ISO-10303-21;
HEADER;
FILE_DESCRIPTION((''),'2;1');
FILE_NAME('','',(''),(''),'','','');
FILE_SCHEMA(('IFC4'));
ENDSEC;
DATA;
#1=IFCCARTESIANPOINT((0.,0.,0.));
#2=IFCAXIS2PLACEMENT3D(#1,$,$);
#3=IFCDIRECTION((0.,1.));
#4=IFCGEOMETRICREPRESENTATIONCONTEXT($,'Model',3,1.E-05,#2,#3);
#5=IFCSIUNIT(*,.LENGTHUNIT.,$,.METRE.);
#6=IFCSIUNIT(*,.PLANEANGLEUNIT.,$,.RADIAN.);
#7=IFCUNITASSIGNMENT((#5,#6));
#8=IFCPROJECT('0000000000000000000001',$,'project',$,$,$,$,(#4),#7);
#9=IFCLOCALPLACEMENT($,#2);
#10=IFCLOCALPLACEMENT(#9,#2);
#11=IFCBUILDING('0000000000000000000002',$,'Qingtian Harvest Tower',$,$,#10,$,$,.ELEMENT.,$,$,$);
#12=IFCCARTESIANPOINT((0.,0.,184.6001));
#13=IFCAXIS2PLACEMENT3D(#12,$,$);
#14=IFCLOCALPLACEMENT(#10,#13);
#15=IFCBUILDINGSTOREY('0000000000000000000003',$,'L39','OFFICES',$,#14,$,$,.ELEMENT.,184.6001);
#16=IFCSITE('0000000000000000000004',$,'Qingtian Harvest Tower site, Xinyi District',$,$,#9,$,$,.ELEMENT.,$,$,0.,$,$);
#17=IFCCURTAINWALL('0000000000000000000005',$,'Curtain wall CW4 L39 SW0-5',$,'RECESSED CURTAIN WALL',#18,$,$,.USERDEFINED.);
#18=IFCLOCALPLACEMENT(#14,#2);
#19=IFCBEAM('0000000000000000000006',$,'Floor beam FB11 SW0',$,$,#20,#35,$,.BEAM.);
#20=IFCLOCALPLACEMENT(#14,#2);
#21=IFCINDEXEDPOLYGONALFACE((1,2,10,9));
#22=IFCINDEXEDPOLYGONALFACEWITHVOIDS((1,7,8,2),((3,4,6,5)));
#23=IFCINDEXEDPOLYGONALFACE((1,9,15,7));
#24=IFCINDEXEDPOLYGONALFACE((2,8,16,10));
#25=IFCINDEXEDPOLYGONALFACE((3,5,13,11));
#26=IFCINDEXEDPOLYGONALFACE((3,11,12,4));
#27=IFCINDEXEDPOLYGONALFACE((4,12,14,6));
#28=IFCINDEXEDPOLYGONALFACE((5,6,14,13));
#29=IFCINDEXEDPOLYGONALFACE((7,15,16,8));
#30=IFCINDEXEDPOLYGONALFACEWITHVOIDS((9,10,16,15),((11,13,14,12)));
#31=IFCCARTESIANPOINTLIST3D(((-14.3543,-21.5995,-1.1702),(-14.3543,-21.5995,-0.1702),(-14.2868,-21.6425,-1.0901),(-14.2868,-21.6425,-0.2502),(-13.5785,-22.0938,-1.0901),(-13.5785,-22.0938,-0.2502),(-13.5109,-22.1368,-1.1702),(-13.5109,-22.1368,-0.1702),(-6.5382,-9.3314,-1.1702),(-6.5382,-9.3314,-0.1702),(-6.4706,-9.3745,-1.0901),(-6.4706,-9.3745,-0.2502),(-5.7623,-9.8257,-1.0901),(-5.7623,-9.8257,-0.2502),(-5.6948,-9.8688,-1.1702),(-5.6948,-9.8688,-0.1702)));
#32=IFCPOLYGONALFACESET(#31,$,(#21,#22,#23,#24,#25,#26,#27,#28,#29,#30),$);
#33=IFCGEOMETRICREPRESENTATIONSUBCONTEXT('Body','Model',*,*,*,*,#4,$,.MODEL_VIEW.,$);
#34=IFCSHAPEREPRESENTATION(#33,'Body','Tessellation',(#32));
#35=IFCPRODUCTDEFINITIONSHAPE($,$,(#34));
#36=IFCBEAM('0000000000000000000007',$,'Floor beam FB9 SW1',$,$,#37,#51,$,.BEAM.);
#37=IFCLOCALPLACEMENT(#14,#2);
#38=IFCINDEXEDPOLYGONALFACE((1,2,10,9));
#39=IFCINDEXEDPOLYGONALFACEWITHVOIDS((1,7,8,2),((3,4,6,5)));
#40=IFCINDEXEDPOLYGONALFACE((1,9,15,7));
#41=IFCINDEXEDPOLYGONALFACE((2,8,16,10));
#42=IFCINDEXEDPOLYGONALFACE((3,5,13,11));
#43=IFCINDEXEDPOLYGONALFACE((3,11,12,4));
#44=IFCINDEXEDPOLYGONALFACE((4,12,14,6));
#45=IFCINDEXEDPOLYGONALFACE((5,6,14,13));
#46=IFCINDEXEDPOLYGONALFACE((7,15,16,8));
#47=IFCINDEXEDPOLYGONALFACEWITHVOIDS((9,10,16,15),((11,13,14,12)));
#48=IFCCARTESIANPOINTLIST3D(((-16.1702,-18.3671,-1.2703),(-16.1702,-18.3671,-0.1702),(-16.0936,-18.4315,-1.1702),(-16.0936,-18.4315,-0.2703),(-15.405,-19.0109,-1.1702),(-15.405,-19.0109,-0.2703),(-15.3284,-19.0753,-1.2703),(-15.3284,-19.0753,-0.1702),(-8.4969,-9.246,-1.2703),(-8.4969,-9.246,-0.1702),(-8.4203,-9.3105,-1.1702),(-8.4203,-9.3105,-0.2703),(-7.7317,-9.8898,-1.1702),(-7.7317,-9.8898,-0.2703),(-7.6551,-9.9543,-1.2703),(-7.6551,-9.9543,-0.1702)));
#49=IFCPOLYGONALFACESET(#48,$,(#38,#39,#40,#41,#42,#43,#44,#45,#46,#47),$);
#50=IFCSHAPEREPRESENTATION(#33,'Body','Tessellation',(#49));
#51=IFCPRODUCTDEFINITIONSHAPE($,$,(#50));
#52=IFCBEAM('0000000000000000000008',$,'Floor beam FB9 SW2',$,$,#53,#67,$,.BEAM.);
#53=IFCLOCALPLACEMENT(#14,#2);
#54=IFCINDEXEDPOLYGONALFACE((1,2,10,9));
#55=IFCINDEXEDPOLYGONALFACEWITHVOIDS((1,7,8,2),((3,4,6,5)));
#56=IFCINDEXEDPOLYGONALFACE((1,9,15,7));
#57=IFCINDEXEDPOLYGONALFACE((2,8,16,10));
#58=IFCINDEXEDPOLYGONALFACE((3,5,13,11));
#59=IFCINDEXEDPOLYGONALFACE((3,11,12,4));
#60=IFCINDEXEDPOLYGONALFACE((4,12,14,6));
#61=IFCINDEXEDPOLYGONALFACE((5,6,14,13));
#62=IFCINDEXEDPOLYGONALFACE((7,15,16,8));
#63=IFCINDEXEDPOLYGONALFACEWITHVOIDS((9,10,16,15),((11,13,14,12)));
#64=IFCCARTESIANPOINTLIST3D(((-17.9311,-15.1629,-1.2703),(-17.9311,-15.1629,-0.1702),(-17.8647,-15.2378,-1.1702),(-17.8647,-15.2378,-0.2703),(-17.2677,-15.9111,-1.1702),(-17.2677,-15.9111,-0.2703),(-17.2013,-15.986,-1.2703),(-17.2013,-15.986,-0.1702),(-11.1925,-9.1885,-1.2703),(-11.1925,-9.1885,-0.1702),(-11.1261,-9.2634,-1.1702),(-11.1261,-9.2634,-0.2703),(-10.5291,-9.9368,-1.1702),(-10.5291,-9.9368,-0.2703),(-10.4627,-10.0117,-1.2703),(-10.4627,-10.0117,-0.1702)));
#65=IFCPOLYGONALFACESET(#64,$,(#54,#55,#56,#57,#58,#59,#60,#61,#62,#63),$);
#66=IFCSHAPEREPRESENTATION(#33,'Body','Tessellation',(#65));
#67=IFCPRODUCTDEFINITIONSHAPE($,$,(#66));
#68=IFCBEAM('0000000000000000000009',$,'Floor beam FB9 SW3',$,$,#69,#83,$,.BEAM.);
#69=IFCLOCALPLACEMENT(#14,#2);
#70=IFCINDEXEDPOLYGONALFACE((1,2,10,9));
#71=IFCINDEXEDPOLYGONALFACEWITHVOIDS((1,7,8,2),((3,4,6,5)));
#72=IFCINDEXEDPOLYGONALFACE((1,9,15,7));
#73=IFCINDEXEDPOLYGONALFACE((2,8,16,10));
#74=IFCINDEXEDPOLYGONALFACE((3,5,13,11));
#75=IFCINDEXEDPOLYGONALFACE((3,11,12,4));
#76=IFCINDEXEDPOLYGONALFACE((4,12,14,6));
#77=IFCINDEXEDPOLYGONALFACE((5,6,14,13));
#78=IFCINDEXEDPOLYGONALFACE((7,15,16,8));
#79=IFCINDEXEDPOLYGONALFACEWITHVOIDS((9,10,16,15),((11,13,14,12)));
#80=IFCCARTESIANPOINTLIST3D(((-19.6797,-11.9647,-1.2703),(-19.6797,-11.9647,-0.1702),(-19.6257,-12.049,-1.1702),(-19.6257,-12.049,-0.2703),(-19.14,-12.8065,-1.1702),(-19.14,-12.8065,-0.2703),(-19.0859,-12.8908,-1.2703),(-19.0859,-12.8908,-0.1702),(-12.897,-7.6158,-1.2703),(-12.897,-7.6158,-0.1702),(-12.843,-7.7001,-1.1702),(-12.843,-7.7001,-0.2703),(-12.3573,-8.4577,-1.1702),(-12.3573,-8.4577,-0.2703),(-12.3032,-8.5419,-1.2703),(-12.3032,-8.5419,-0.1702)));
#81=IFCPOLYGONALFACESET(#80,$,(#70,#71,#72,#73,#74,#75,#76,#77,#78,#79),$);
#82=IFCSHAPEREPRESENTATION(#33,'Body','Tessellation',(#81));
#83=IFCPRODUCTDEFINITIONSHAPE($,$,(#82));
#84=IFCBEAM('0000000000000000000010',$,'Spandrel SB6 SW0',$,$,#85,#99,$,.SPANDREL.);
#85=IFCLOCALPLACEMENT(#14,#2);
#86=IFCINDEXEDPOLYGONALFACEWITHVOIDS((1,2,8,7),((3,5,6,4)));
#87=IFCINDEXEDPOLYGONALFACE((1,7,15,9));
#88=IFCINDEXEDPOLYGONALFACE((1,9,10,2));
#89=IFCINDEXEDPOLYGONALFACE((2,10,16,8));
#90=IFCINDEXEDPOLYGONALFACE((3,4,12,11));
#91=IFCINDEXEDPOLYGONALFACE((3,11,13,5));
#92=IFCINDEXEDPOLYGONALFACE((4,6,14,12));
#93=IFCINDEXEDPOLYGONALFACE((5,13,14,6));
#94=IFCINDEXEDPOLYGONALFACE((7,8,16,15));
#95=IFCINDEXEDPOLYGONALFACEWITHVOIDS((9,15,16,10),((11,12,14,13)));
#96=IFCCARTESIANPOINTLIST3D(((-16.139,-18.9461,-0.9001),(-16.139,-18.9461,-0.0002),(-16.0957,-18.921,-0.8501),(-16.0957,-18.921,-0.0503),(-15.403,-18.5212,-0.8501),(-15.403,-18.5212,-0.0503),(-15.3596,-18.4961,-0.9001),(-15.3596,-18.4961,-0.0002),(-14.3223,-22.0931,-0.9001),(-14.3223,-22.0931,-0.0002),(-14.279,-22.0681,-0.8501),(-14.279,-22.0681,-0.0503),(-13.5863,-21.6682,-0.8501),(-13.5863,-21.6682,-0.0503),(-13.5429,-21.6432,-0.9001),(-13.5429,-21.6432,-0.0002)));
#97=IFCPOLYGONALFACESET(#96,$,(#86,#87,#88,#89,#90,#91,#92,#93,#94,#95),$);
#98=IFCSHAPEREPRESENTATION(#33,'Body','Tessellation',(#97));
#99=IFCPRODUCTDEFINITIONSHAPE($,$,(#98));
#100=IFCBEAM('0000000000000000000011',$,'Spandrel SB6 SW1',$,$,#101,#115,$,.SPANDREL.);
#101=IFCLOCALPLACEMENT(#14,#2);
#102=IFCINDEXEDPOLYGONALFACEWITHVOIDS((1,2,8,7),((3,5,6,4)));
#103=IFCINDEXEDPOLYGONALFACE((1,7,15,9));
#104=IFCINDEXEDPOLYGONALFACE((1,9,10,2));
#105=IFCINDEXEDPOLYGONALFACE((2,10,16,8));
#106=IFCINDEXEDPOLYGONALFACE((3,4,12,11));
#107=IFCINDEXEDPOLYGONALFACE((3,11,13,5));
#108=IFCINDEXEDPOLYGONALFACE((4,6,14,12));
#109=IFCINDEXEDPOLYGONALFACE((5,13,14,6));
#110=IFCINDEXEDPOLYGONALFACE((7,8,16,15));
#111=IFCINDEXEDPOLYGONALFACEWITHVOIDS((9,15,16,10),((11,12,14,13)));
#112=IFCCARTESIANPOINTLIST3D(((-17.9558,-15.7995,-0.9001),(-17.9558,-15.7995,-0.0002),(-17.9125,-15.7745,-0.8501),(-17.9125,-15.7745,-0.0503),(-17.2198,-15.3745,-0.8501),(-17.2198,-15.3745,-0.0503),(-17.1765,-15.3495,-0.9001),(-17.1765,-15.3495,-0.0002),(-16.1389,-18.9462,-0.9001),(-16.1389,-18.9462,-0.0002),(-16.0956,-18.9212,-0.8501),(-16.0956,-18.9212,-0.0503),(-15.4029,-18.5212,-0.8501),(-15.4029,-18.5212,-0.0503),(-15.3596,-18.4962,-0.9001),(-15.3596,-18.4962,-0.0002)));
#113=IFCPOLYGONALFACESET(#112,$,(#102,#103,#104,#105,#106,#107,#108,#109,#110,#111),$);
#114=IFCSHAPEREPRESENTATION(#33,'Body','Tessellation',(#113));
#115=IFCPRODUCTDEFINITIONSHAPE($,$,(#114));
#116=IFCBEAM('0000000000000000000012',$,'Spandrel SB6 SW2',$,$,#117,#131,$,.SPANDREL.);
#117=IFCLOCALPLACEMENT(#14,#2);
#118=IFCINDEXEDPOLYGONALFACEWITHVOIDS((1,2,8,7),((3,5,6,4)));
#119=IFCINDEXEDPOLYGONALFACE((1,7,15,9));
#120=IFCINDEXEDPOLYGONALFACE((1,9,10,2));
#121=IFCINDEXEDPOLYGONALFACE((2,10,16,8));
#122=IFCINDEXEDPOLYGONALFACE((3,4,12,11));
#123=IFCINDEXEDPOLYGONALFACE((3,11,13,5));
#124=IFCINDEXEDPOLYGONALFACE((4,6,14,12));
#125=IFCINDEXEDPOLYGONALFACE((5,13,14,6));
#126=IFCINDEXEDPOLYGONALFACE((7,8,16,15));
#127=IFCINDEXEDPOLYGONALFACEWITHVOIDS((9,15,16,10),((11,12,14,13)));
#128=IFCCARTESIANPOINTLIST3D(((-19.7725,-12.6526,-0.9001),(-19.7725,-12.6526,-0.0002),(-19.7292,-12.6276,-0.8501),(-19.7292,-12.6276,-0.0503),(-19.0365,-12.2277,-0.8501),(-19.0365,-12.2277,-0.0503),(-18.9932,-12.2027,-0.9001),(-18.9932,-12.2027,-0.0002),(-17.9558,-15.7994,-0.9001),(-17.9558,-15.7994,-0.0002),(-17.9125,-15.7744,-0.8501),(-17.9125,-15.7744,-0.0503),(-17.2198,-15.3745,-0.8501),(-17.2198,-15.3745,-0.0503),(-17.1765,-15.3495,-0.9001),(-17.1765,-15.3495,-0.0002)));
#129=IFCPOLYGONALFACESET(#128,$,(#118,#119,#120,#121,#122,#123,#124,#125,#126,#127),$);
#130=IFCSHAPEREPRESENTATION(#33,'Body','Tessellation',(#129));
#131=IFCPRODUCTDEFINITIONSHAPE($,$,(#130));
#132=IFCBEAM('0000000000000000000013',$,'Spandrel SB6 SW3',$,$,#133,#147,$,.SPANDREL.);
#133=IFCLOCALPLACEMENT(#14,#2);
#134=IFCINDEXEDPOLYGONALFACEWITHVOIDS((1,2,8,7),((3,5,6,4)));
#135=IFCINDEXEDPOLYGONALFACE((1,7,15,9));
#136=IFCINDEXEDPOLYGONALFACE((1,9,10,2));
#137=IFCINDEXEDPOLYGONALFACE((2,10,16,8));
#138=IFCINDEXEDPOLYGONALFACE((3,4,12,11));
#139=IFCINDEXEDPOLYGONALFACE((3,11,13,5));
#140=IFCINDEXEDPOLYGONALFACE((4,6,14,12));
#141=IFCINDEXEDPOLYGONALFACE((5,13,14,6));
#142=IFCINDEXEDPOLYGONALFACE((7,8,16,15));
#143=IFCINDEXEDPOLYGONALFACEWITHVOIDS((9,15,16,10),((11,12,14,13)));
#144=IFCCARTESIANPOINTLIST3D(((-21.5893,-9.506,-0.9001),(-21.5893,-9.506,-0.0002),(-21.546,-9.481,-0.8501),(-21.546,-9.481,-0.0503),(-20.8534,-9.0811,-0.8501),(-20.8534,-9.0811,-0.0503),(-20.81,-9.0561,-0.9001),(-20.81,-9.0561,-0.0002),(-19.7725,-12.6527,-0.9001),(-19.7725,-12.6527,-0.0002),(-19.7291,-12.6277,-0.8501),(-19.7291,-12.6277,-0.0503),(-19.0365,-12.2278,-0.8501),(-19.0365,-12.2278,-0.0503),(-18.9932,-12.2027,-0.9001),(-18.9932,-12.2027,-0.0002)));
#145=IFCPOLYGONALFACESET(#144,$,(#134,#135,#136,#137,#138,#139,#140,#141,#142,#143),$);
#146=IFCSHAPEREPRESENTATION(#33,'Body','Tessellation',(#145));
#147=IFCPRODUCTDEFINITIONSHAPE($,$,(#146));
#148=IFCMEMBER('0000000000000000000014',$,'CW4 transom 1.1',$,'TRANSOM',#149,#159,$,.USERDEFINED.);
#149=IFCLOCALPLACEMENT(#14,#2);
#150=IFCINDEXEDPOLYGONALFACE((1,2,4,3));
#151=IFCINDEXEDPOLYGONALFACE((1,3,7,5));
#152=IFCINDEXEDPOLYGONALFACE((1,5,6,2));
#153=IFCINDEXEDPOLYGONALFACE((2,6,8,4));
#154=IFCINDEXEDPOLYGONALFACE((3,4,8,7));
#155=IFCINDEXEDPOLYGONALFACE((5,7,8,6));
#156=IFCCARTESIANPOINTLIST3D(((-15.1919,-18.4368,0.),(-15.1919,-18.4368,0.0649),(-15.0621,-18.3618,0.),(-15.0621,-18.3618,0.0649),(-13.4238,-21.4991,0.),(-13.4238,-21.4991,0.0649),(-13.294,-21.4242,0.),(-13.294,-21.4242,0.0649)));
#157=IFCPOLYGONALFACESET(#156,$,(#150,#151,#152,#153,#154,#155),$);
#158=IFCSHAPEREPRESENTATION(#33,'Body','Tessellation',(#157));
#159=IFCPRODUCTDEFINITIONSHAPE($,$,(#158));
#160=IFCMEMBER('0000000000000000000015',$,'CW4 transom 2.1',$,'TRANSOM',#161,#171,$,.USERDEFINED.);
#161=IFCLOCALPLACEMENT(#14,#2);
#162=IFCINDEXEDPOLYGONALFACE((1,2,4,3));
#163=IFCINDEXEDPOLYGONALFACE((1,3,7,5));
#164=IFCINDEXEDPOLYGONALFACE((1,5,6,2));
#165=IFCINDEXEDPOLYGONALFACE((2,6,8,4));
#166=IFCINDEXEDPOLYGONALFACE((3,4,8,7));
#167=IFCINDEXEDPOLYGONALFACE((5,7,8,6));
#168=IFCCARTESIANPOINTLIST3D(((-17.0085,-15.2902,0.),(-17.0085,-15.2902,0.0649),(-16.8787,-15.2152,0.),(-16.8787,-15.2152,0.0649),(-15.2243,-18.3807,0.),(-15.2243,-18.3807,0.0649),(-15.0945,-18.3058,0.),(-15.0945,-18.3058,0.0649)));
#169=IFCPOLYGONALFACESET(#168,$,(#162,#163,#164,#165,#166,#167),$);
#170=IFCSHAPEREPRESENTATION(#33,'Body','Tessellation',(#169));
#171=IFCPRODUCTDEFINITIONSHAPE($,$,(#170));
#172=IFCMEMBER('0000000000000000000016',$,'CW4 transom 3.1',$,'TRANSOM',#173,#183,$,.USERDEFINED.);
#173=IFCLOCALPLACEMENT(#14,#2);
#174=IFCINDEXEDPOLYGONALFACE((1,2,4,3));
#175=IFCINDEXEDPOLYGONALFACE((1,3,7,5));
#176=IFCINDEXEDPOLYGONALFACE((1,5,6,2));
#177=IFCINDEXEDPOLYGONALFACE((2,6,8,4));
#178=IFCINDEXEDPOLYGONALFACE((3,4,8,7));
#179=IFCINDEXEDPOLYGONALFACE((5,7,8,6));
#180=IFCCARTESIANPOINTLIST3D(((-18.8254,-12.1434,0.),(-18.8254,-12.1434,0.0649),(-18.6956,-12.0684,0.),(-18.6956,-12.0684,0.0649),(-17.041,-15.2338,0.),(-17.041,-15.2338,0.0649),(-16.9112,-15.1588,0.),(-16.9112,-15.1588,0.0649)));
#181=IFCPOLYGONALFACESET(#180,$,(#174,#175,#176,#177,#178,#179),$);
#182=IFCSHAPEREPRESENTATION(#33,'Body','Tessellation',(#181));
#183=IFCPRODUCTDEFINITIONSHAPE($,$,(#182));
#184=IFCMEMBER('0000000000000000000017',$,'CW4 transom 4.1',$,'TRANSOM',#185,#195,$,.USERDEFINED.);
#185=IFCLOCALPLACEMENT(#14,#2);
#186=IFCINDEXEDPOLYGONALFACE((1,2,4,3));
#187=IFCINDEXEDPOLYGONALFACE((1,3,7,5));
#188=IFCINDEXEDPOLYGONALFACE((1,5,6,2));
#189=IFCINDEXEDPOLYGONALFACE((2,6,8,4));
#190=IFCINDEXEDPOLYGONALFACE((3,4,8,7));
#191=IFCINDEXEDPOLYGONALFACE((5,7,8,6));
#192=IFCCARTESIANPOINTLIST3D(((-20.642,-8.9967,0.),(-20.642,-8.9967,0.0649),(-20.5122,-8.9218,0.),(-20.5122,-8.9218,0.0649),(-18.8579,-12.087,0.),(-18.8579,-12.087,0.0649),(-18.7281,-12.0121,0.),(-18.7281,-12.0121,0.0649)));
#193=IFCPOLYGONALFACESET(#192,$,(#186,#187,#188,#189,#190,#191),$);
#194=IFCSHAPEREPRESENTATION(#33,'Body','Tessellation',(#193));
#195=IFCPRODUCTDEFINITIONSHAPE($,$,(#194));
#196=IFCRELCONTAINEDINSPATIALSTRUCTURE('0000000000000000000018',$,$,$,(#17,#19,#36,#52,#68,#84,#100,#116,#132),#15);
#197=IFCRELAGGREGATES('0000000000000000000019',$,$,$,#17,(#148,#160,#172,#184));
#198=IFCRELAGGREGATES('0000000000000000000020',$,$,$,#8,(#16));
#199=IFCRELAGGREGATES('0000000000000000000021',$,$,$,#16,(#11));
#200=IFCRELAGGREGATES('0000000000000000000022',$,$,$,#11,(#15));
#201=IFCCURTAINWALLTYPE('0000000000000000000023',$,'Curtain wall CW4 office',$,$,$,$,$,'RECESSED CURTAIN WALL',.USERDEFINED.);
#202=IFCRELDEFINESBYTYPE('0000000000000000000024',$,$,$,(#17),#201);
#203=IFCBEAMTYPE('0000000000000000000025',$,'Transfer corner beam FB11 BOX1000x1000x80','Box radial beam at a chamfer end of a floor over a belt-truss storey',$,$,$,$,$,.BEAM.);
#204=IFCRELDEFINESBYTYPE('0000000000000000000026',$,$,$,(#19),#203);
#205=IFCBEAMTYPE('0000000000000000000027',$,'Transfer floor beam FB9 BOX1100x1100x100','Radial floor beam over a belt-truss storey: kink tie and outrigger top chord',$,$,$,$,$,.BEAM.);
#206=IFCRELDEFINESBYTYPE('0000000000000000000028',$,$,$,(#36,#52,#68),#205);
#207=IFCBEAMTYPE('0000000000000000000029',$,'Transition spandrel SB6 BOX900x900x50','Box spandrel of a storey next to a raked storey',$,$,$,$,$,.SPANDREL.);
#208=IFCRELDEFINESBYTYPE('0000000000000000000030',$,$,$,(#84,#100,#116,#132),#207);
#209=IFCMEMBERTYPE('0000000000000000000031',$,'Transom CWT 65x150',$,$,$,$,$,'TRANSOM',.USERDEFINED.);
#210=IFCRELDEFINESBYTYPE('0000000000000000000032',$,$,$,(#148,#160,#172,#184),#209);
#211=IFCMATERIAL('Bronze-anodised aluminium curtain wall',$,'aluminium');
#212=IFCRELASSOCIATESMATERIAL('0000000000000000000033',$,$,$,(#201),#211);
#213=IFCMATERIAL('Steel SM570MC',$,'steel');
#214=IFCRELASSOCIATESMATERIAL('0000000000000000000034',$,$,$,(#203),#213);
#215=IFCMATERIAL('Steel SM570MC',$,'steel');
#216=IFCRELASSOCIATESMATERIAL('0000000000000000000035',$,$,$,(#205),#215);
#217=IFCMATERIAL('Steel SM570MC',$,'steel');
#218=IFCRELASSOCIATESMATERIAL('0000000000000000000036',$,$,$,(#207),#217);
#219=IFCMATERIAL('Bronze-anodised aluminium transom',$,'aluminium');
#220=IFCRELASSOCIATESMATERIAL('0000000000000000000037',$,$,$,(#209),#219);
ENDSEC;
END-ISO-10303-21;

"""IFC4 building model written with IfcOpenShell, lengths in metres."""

from ifc_helpers import new_model, si_unit, direction, frame, origin, origin_2d, place, context, subcontext, project, spatial, rectangle, hollow_rectangle, extrude, material, material_profile, profile_set, type_object, element, aggregate, save


model = new_model("IFC4")

# Units and contexts
model_context = context("Model", 3, precision=1e-05, world=origin(), true_north=direction((0.0, 1.0)))
body_context = subcontext(model_context, "Body", "Model", "MODEL_VIEW")
ifc_project = project(units=[si_unit("LENGTHUNIT", "METRE"), si_unit("PLANEANGLEUNIT", "RADIAN")], contexts=[model_context])

# Site, building, storey
site_placement = place(None, origin())
site = spatial("IfcSite", under=ifc_project, at=site_placement, Name="Qingtian Harvest Tower site, Xinyi District", CompositionType="ELEMENT", RefElevation=0.0)
building_placement = place(site_placement, origin())
building = spatial("IfcBuilding", under=site, at=building_placement, Name="Qingtian Harvest Tower", CompositionType="ELEMENT")
storey_placement = place(building_placement, frame((0.0, 0.0, 184.6001)))
storey = spatial("IfcBuildingStorey", under=building, at=storey_placement, Name="L39", Description="OFFICES", CompositionType="ELEMENT", Elevation=184.6001)

# Shared definitions
ifc_material_1 = material(Name="Bronze-anodised aluminium curtain wall", Category="aluminium")
curtain_wall_type = type_object("IfcCurtainWallType", Name="Curtain wall CW4 office", ElementType="RECESSED CURTAIN WALL", PredefinedType="USERDEFINED", material=ifc_material_1)

# Curtain wall
curtain_wall_1_placement = place(storey_placement, origin())
curtain_wall_1 = element("IfcCurtainWall", 1, at=curtain_wall_1_placement, inside=storey, type_object=curtain_wall_type, Name="Curtain wall CW4 L39 SW0-5", ObjectType="RECESSED CURTAIN WALL", PredefinedType="USERDEFINED")

# Beams
ifc_material_2 = material(Name="Steel SM570MC", Category="steel")
ifc_material_profile_1 = material_profile(ifc_material_2, hollow_rectangle(XDim=1.0, YDim=1.0, WallThickness=0.0801, at=origin_2d()), Name="BOX1000x1000x80")
ifc_profile_set_1 = profile_set([ifc_material_profile_1], Name="Steel SM570MC")
beam_type_1 = type_object("IfcBeamType", Name="Transfer corner beam FB11 BOX1000x1000x80", Description="Box radial beam at a chamfer end of a floor over a belt-truss storey", PredefinedType="BEAM", material=ifc_profile_set_1)
beam_1_placement = place(storey_placement, frame((-13.9326, -21.8682, -0.6702), z_axis=(0.537326, 0.843375, 0.0), x_axis=(-0.843375, 0.537326, 0.0)))
element("IfcBeam", 2, at=beam_1_placement, inside=storey, type_object=beam_type_1, Name="Floor beam FB11 SW0", PredefinedType="BEAM", context=body_context, shape_type="SweptSolid", body=[
    extrude(hollow_rectangle(XDim=1.0, YDim=1.0, WallThickness=0.0801, at=origin_2d()), origin(), (0.0, 0.0, 1.0), 14.5464),
])
ifc_material_3 = material(Name="Steel SM570MC", Category="steel")
ifc_material_profile_2 = material_profile(ifc_material_3, hollow_rectangle(XDim=1.1001, YDim=1.1001, WallThickness=0.1001, at=origin_2d()), Name="BOX1100x1100x100")
ifc_profile_set_2 = profile_set([ifc_material_profile_2], Name="Steel SM570MC")
beam_type_2 = type_object("IfcBeamType", Name="Transfer floor beam FB9 BOX1100x1100x100", Description="Radial floor beam over a belt-truss storey: kink tie and outrigger top chord", PredefinedType="BEAM", material=ifc_profile_set_2)
beam_2_placement = place(storey_placement, frame((-15.7493, -18.7212, -0.7202), z_axis=(0.643764, 0.765224, 0.0), x_axis=(-0.765224, 0.643764, 0.0)))
element("IfcBeam", 3, at=beam_2_placement, inside=storey, type_object=beam_type_2, Name="Floor beam FB9 SW1", PredefinedType="BEAM", context=body_context, shape_type="SweptSolid", body=[
    extrude(hollow_rectangle(XDim=1.1001, YDim=1.1001, WallThickness=0.1001, at=origin_2d()), origin(), (0.0, 0.0, 1.0), 11.9194),
])
beam_3_placement = place(storey_placement, frame((-17.5662, -15.5745, -0.7202), z_axis=(0.74826, 0.663406, 0.0), x_axis=(-0.663406, 0.74826, 0.0)))
element("IfcBeam", 4, at=beam_3_placement, inside=storey, type_object=beam_type_2, Name="Floor beam FB9 SW2", PredefinedType="BEAM", context=body_context, shape_type="SweptSolid", body=[
    extrude(hollow_rectangle(XDim=1.1001, YDim=1.1001, WallThickness=0.1001, at=origin_2d()), origin(), (0.0, 0.0, 1.0), 9.0056),
])
beam_4_placement = place(storey_placement, frame((-19.3828, -12.4277, -0.7202), z_axis=(0.841824, 0.539753, 0.0), x_axis=(-0.539753, 0.841824, 0.0)))
element("IfcBeam", 5, at=beam_4_placement, inside=storey, type_object=beam_type_2, Name="Floor beam FB9 SW3", PredefinedType="BEAM", context=body_context, shape_type="SweptSolid", body=[
    extrude(hollow_rectangle(XDim=1.1001, YDim=1.1001, WallThickness=0.1001, at=origin_2d()), origin(), (0.0, 0.0, 1.0), 8.0571),
])
ifc_material_4 = material(Name="Steel SM570MC", Category="steel")
ifc_material_profile_3 = material_profile(ifc_material_4, hollow_rectangle(XDim=0.8999, YDim=0.8999, WallThickness=0.05, at=origin_2d()), Name="BOX900x900x50")
ifc_profile_set_3 = profile_set([ifc_material_profile_3], Name="Steel SM570MC")
beam_type_3 = type_object("IfcBeamType", Name="Transition spandrel SB6 BOX900x900x50", Description="Box spandrel of a storey next to a raked storey", PredefinedType="SPANDREL", material=ifc_profile_set_3)
beam_5_placement = place(storey_placement, frame((-13.9326, -21.8682, -0.4502), z_axis=(-0.499947, 0.866056, 0.0), x_axis=(-0.866056, -0.499947, 0.0)))
element("IfcBeam", 6, at=beam_5_placement, inside=storey, type_object=beam_type_3, Name="Spandrel SB6 SW0", PredefinedType="SPANDREL", context=body_context, shape_type="SweptSolid", body=[
    extrude(hollow_rectangle(XDim=0.8999, YDim=0.8999, WallThickness=0.05, at=origin_2d()), origin(), (0.0, 0.0, 1.0), 3.6338),
])
for number, where, z_axis, x_axis, name in (
    (7, (-15.7493, -18.7212, -0.4502), (-0.500027, 0.86601, 0.0), (-0.86601, -0.500027, 0.0), "Spandrel SB6 SW1"),
    (8, (-17.5662, -15.5745, -0.4502), (-0.499976, 0.866039, 0.0), (-0.866039, -0.499976, 0.0), "Spandrel SB6 SW2"),
    (9, (-19.3828, -12.4277, -0.4502), (-0.500027, 0.86601, 0.0), (-0.86601, -0.500027, 0.0), "Spandrel SB6 SW3"),
):
    element("IfcBeam", number, at=place(storey_placement, frame(where, z_axis=z_axis, x_axis=x_axis)), inside=storey, type_object=beam_type_3, Name=name, PredefinedType="SPANDREL", context=body_context, shape_type="SweptSolid", body=[
        extrude(hollow_rectangle(XDim=0.8999, YDim=0.8999, WallThickness=0.05, at=origin_2d()), origin(), (0.0, 0.0, 1.0), 3.6335),
    ])

# Members
ifc_material_5 = material(Name="Bronze-anodised aluminium transom", Category="aluminium")
ifc_material_profile_4 = material_profile(ifc_material_5, rectangle(XDim=0.1499, YDim=0.0649, at=origin_2d()), Name="AL 65x150")
ifc_profile_set_4 = profile_set([ifc_material_profile_4], Name="Bronze-anodised aluminium transom")
member_type_1 = type_object("IfcMemberType", Name="Transom CWT 65x150", ElementType="TRANSOM", PredefinedType="USERDEFINED", material=ifc_profile_set_4)
member_1_placement = place(storey_placement, frame((-13.3589, -21.4617, 0.0325), z_axis=(-0.500015, 0.866017, 0.0), x_axis=(-0.866017, -0.500015, 0.0)))
member_1 = element("IfcMember", 10, at=member_1_placement, type_object=member_type_1, Name="CW4 transom 1.1", ObjectType="TRANSOM", PredefinedType="USERDEFINED", context=body_context, shape_type="SweptSolid", body=[
    extrude(rectangle(XDim=0.1499, YDim=0.0649, at=origin_2d()), origin(), (0.0, 0.0, 1.0), 3.5361),
])
member_2_placement = place(storey_placement, frame((-15.1594, -18.3433, 0.0325), z_axis=(-0.499965, 0.866045, 0.0), x_axis=(-0.866045, -0.499965, 0.0)))
member_2 = element("IfcMember", 11, at=member_2_placement, type_object=member_type_1, Name="CW4 transom 2.1", ObjectType="TRANSOM", PredefinedType="USERDEFINED", context=body_context, shape_type="SweptSolid", body=[
    extrude(rectangle(XDim=0.1499, YDim=0.0649, at=origin_2d()), origin(), (0.0, 0.0, 1.0), 3.5686),
])
member_3_placement = place(storey_placement, frame((-16.9761, -15.1963, 0.0325), z_axis=(-0.500046, 0.865999, 0.0), x_axis=(-0.865999, -0.500046, 0.0)))
member_3 = element("IfcMember", 12, at=member_3_placement, type_object=member_type_1, Name="CW4 transom 3.1", ObjectType="TRANSOM", PredefinedType="USERDEFINED", context=body_context, shape_type="SweptSolid", body=[
    extrude(rectangle(XDim=0.1499, YDim=0.0649, at=origin_2d()), origin(), (0.0, 0.0, 1.0), 3.5686),
])
member_4_placement = place(storey_placement, frame((-18.793, -12.0496, 0.0325), z_axis=(-0.499995, 0.866028, 0.0), x_axis=(-0.866028, -0.499995, 0.0)))
member_4 = element("IfcMember", 13, at=member_4_placement, type_object=member_type_1, Name="CW4 transom 4.1", ObjectType="TRANSOM", PredefinedType="USERDEFINED", context=body_context, shape_type="SweptSolid", body=[
    extrude(rectangle(XDim=0.1499, YDim=0.0649, at=origin_2d()), origin(), (0.0, 0.0, 1.0), 3.5684),
])

aggregate(curtain_wall_1, [member_1, member_2, member_3, member_4])

save(model, "model.ifc")
